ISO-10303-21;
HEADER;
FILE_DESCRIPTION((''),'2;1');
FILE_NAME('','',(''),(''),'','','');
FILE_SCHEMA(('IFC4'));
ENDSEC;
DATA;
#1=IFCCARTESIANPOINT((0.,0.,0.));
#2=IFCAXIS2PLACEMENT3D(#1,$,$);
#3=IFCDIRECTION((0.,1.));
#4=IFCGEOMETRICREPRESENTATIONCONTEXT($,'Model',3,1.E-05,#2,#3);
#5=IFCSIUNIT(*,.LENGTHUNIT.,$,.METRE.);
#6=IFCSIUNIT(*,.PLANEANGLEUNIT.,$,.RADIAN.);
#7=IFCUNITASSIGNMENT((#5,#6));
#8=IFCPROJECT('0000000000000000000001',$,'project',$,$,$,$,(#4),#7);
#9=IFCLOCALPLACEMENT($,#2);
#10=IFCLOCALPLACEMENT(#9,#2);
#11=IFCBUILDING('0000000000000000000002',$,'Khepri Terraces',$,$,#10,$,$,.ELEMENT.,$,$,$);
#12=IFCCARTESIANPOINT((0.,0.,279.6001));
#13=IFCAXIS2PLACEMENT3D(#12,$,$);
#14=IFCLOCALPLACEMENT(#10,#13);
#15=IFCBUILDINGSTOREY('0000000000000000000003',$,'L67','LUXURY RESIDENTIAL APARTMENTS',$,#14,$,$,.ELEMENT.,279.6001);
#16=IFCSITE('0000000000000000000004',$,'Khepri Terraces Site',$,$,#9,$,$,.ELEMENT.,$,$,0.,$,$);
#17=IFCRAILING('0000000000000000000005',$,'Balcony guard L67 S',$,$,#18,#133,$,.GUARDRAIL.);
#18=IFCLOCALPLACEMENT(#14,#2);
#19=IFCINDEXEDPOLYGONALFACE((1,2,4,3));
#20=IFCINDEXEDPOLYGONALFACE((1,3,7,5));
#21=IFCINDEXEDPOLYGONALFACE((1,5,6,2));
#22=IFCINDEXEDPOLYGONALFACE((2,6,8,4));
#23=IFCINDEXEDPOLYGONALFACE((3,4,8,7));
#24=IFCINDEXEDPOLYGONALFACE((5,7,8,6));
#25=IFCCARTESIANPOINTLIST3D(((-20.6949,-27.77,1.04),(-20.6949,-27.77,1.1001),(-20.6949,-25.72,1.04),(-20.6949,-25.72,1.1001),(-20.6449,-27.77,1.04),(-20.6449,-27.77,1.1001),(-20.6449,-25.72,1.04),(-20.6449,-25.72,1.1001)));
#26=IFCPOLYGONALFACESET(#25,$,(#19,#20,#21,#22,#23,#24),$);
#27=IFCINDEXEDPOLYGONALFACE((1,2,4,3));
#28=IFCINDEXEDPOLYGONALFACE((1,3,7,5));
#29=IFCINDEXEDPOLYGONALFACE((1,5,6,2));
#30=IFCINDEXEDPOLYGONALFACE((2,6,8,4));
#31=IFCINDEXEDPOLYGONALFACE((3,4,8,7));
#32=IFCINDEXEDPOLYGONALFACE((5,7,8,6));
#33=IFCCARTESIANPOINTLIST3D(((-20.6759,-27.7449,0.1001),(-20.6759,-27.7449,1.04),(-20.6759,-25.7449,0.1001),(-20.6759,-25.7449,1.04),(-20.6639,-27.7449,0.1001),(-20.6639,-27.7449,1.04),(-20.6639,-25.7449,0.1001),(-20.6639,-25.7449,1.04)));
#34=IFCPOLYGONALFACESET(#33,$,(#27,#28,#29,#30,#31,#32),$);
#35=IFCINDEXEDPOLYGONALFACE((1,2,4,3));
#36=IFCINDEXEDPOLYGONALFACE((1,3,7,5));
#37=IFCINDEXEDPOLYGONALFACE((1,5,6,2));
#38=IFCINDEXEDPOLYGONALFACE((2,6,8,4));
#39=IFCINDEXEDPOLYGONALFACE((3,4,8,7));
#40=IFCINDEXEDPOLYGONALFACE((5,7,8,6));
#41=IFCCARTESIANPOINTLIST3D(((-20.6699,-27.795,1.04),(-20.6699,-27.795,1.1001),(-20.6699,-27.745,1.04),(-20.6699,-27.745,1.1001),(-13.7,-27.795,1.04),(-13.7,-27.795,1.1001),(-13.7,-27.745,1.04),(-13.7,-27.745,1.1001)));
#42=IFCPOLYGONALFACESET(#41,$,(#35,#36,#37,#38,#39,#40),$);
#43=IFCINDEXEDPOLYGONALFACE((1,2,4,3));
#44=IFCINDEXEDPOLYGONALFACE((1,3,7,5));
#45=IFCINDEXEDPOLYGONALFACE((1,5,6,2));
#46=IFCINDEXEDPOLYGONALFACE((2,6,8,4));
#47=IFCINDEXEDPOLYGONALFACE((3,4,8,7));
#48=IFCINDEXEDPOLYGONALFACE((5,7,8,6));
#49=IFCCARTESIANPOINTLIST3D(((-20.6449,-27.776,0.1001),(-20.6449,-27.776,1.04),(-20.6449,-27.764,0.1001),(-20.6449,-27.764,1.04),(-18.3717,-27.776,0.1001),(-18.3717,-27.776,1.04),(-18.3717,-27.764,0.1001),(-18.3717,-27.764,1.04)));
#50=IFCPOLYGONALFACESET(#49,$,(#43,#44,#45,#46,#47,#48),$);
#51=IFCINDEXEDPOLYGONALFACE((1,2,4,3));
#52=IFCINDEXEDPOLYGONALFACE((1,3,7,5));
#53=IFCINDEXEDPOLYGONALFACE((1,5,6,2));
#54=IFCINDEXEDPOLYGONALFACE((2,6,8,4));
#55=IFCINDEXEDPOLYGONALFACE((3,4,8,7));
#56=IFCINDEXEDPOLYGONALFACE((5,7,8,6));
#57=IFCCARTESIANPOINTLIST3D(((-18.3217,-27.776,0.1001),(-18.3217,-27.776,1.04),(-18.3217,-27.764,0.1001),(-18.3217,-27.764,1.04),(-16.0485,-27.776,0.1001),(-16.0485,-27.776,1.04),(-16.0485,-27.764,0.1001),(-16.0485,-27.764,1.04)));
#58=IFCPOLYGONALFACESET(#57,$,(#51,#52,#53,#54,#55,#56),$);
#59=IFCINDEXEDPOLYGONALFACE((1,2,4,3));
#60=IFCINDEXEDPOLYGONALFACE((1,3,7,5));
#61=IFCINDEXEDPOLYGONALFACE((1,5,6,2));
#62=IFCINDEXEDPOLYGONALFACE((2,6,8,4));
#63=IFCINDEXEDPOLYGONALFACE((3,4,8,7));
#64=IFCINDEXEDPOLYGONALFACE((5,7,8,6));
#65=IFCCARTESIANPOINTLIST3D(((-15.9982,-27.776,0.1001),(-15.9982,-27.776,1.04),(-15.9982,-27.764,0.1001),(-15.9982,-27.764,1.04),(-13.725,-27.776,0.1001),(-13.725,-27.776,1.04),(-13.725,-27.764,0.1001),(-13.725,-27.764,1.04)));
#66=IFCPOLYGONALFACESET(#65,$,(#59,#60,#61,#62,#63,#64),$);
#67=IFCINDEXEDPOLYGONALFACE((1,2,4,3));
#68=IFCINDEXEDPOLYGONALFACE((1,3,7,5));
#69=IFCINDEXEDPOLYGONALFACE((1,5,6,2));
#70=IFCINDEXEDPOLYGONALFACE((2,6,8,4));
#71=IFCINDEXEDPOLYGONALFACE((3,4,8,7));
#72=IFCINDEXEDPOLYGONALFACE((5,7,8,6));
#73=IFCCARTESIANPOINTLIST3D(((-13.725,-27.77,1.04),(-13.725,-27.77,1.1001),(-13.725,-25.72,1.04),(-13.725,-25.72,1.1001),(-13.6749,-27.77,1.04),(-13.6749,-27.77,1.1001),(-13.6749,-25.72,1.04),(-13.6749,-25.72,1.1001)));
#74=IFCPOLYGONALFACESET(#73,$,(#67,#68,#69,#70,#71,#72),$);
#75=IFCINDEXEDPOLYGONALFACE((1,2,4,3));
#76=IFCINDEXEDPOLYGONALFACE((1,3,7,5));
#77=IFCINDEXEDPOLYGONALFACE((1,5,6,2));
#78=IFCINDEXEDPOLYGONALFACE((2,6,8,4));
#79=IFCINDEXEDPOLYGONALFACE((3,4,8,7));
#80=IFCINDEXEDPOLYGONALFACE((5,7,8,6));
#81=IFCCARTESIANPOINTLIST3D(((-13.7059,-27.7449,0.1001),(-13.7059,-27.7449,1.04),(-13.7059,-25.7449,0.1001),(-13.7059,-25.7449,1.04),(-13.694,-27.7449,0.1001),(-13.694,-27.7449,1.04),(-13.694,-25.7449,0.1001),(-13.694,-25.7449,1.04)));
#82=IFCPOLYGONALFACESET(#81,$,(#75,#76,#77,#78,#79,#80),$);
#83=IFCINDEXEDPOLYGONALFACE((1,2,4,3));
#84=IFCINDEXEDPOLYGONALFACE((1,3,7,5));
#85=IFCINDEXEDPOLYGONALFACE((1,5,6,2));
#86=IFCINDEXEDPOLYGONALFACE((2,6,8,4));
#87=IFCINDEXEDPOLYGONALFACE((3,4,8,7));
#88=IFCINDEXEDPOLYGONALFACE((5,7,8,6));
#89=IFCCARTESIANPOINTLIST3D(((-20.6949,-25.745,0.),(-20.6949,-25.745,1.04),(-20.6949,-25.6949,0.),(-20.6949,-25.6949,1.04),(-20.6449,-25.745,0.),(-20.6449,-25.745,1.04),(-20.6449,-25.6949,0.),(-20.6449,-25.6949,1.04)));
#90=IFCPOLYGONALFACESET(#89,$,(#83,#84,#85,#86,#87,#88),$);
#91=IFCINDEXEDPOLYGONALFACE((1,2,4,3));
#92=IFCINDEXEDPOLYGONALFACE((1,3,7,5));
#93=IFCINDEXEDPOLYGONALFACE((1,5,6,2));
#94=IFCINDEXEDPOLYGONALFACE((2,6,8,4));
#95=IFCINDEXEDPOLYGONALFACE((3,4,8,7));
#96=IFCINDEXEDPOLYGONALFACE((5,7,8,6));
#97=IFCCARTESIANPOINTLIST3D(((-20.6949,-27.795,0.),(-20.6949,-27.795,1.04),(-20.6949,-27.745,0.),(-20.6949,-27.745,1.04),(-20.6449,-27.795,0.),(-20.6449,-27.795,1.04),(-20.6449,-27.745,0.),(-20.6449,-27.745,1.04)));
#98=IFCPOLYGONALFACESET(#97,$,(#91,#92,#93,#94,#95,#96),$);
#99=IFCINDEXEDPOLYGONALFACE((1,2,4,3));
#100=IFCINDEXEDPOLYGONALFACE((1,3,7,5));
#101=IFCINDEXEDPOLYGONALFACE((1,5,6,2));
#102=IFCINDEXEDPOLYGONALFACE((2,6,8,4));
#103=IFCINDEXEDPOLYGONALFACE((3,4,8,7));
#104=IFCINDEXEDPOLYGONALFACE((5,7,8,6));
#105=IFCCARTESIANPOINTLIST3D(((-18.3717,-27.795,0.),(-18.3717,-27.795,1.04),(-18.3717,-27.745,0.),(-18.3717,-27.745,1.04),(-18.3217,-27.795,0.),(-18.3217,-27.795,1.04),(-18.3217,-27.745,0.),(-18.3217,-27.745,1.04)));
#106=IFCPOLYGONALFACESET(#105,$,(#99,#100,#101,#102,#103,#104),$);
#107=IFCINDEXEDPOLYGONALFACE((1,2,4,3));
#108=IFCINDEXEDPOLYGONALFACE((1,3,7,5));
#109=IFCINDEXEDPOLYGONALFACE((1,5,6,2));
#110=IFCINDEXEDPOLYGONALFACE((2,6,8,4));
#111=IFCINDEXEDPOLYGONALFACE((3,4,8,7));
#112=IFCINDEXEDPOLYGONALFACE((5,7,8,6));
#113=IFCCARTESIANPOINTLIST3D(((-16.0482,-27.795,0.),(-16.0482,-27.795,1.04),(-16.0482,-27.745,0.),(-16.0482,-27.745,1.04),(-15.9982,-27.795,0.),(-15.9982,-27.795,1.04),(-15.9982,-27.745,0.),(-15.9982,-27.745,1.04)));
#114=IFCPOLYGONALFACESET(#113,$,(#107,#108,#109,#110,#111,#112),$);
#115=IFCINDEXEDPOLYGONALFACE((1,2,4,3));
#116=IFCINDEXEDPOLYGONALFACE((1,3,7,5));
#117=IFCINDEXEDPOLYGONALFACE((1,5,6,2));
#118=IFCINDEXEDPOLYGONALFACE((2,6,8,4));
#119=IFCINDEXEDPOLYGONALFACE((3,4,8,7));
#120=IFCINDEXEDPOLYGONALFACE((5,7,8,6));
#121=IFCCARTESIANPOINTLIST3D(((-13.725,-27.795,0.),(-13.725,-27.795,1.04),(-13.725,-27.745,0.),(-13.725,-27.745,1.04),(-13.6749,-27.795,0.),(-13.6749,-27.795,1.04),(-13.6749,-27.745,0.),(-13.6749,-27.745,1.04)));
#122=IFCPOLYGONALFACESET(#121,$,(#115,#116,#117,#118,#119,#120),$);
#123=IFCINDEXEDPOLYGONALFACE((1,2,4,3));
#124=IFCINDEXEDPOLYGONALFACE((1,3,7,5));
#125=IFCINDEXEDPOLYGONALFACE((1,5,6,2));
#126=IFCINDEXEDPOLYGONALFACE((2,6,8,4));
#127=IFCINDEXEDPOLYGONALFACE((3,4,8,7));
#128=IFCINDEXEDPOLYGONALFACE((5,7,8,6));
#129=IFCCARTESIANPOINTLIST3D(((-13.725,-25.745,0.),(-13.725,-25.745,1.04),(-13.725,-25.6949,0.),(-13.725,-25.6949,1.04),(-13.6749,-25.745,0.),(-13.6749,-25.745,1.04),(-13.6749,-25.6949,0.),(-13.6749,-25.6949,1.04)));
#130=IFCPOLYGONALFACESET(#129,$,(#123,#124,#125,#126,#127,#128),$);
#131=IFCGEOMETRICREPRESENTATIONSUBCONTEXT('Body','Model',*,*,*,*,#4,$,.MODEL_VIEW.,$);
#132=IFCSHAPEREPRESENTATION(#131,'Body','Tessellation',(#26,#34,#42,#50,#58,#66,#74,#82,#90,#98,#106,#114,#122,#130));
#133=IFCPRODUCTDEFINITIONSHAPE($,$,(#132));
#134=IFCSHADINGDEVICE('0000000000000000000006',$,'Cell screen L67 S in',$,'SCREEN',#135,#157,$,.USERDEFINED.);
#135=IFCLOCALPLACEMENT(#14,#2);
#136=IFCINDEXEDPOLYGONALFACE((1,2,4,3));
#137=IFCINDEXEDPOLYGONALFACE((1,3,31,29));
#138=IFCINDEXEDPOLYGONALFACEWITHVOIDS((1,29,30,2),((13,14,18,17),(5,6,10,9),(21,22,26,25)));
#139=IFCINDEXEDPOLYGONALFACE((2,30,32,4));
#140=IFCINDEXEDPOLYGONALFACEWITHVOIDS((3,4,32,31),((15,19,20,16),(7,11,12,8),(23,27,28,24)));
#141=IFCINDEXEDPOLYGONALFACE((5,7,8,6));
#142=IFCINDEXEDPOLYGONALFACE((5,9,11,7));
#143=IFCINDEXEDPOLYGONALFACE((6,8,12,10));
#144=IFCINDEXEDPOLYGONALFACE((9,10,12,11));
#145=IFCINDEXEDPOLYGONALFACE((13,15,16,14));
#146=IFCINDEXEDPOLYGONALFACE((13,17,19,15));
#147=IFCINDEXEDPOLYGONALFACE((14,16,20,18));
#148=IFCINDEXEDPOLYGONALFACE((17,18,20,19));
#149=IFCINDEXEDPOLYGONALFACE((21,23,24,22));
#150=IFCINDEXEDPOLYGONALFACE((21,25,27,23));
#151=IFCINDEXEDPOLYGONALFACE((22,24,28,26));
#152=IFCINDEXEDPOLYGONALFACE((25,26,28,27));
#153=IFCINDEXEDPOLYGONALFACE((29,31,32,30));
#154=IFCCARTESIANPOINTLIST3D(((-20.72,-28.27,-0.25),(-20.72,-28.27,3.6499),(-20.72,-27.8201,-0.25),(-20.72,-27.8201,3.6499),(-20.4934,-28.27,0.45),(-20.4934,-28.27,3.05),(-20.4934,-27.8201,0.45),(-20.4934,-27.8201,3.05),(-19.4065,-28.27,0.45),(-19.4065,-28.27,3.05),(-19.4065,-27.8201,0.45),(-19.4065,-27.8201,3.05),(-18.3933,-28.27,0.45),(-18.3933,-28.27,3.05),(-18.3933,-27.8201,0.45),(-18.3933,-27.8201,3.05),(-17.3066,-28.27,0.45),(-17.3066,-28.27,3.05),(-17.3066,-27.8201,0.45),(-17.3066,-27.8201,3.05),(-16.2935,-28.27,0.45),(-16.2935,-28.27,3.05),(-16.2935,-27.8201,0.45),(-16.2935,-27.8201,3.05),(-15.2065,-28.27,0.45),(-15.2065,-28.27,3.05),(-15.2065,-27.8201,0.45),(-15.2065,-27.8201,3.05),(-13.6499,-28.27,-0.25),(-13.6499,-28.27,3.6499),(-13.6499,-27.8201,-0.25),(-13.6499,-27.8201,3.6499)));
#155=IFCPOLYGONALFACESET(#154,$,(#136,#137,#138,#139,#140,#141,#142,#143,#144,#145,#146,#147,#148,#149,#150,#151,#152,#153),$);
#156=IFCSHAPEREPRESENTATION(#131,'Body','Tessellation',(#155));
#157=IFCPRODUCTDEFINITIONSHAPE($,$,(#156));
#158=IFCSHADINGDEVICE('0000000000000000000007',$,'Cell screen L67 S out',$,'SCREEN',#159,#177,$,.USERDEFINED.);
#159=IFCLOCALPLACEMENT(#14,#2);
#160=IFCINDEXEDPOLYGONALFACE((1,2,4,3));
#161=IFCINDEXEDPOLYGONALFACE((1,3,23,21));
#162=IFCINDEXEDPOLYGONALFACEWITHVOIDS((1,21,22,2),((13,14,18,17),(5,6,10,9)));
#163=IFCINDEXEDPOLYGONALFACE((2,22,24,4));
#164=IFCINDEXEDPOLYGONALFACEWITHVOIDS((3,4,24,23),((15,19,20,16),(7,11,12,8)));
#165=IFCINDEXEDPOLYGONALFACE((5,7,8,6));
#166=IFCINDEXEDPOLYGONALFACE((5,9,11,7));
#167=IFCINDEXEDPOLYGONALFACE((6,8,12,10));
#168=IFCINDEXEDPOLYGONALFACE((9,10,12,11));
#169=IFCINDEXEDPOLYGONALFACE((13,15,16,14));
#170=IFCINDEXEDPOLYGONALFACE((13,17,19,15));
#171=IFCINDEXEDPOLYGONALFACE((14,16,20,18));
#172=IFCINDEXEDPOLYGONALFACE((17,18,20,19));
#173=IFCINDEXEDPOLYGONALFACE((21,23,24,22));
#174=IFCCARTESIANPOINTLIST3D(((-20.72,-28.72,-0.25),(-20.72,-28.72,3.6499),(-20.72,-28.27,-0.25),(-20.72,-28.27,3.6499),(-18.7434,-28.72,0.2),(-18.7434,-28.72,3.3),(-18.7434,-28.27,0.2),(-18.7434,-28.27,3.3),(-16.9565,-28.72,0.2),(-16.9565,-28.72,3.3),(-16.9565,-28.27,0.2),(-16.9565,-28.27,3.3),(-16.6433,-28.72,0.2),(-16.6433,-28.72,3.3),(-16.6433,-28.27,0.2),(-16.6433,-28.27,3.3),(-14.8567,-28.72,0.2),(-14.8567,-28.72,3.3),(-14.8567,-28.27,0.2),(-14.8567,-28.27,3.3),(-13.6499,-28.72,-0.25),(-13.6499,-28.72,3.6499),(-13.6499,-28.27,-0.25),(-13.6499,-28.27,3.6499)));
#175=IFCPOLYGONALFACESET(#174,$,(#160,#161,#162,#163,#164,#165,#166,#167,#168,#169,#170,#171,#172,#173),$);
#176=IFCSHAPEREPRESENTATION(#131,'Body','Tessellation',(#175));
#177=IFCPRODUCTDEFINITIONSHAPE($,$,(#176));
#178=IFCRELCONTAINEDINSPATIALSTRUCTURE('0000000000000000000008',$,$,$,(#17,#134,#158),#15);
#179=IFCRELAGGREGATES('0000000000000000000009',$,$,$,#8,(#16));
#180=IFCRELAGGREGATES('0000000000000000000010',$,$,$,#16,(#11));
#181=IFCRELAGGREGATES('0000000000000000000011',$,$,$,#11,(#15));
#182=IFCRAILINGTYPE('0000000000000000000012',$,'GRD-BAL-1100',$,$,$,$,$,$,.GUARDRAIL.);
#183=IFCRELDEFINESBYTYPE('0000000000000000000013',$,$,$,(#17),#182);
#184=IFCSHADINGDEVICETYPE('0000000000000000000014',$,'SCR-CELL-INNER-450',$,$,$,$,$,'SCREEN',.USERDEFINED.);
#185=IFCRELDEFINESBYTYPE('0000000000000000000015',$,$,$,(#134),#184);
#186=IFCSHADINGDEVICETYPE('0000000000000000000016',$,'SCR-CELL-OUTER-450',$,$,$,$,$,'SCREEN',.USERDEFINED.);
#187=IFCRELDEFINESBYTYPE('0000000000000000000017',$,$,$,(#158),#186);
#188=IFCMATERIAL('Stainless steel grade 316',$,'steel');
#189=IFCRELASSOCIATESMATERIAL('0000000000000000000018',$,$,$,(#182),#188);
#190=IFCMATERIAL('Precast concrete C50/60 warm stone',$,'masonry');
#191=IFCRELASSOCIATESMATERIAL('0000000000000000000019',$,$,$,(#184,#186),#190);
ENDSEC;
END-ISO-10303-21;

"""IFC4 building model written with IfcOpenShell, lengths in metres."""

from ifc_helpers import new_model, si_unit, direction, frame, origin, origin_2d, place, context, subcontext, project, spatial, polyline, rectangle, outline, extrude, material, type_object, element, save


model = new_model("IFC4")

# Units and contexts
model_context = context("Model", 3, precision=1e-05, world=origin(), true_north=direction((0.0, 1.0)))
body_context = subcontext(model_context, "Body", "Model", "MODEL_VIEW")
ifc_project = project(units=[si_unit("LENGTHUNIT", "METRE"), si_unit("PLANEANGLEUNIT", "RADIAN")], contexts=[model_context])

# Site, building, storey
site_placement = place(None, origin())
site = spatial("IfcSite", under=ifc_project, at=site_placement, Name="Khepri Terraces Site", CompositionType="ELEMENT", RefElevation=0.0)
building_placement = place(site_placement, origin())
building = spatial("IfcBuilding", under=site, at=building_placement, Name="Khepri Terraces", CompositionType="ELEMENT")
storey_placement = place(building_placement, frame((0.0, 0.0, 279.6001)))
storey = spatial("IfcBuildingStorey", under=building, at=storey_placement, Name="L67", Description="LUXURY RESIDENTIAL APARTMENTS", CompositionType="ELEMENT", Elevation=279.6001)

# Shared definitions
ifc_material_1 = material(Name="Precast concrete C50/60 warm stone", Category="masonry")

# Railing
ifc_material_2 = material(Name="Stainless steel grade 316", Category="steel")
railing_type = type_object("IfcRailingType", Name="GRD-BAL-1100", PredefinedType="GUARDRAIL", material=ifc_material_2)
railing_placement = place(storey_placement, frame((-20.6699, -25.72, 0.0)))
element("IfcRailing", 1, at=railing_placement, inside=storey, type_object=railing_type, Name="Balcony guard L67 S", PredefinedType="GUARDRAIL", context=body_context, shape_type="SweptSolid", body=[
    extrude(rectangle(XDim=0.05, YDim=0.0601, at=origin_2d()), frame((0.0, 0.0, 1.0701), z_axis=(0.0, -1.0, 0.0), x_axis=(1.0, 0.0, 0.0)), (0.0, 0.0, 1.0), 2.05),
    extrude(rectangle(XDim=2.0, YDim=0.012, at=origin_2d()), frame((0.0, -1.0249, 0.1001), z_axis=(0.0, 0.0, 1.0), x_axis=(0.0, -1.0, 0.0)), (0.0, 0.0, 1.0), 0.9399),
    extrude(rectangle(XDim=0.05, YDim=0.0601, at=origin_2d()), frame((0.0, -2.05, 1.0701), z_axis=(1.0, 0.0, 0.0), x_axis=(0.0, 1.0, 0.0)), (0.0, 0.0, 1.0), 6.97),
    extrude(rectangle(XDim=2.2732, YDim=0.012, at=origin_2d()), frame((1.1616, -2.05, 0.1001), z_axis=(0.0, 0.0, 1.0), x_axis=(1.0, 0.0, 0.0)), (0.0, 0.0, 1.0), 0.9399),
    extrude(rectangle(XDim=2.2732, YDim=0.012, at=origin_2d()), frame((3.4849, -2.05, 0.1001), z_axis=(0.0, 0.0, 1.0), x_axis=(1.0, 0.0, 0.0)), (0.0, 0.0, 1.0), 0.9399),
    extrude(rectangle(XDim=2.2732, YDim=0.012, at=origin_2d()), frame((5.8083, -2.05, 0.1001), z_axis=(0.0, 0.0, 1.0), x_axis=(1.0, 0.0, 0.0)), (0.0, 0.0, 1.0), 0.9399),
    extrude(rectangle(XDim=0.05, YDim=0.0601, at=origin_2d()), frame((6.97, -2.05, 1.0701), z_axis=(0.0, 1.0, 0.0), x_axis=(-1.0, 0.0, 0.0)), (0.0, 0.0, 1.0), 2.05),
    extrude(rectangle(XDim=2.0, YDim=0.012, at=origin_2d()), frame((6.97, -1.0249, 0.1001), z_axis=(0.0, 0.0, 1.0), x_axis=(0.0, 1.0, 0.0)), (0.0, 0.0, 1.0), 0.9399),
    extrude(rectangle(XDim=0.05, YDim=0.05, at=origin_2d()), origin(), (0.0, 0.0, 1.0), 1.04),
    extrude(rectangle(XDim=0.05, YDim=0.05, at=origin_2d()), frame((0.0, -2.05, 0.0)), (0.0, 0.0, 1.0), 1.04),
    extrude(rectangle(XDim=0.05, YDim=0.05, at=origin_2d()), frame((2.3232, -2.05, 0.0)), (0.0, 0.0, 1.0), 1.04),
    extrude(rectangle(XDim=0.05, YDim=0.05, at=origin_2d()), frame((4.6467, -2.05, 0.0)), (0.0, 0.0, 1.0), 1.04),
    extrude(rectangle(XDim=0.05, YDim=0.05, at=origin_2d()), frame((6.97, -2.05, 0.0)), (0.0, 0.0, 1.0), 1.04),
    extrude(rectangle(XDim=0.05, YDim=0.05, at=origin_2d()), frame((6.97, 0.0, 0.0)), (0.0, 0.0, 1.0), 1.04),
])

# Shading devices
shading_device_type_1 = type_object("IfcShadingDeviceType", Name="SCR-CELL-INNER-450", ElementType="SCREEN", PredefinedType="USERDEFINED", material=ifc_material_1)
shading_device_1_placement = place(storey_placement, frame((-20.72, -27.8201, -0.25), z_axis=(0.0, -1.0, 0.0), x_axis=(1.0, 0.0, 0.0)))
element("IfcShadingDevice", 2, at=shading_device_1_placement, inside=storey, type_object=shading_device_type_1, Name="Cell screen L67 S in", ObjectType="SCREEN", PredefinedType="USERDEFINED", context=body_context, shape_type="SweptSolid", body=[
    extrude(outline(polyline([(0.0, 0.0), (7.0701, 0.0), (7.0701, 3.8999), (0.0, 3.8999), (0.0, 0.0)]), holes=[polyline([(0.2266, 0.7), (1.3135, 0.7), (1.3135, 3.3), (0.2266, 3.3), (0.2266, 0.7)]), polyline([(2.3267, 0.7), (3.4133, 0.7), (3.4133, 3.3), (2.3267, 3.3), (2.3267, 0.7)]), polyline([(4.4265, 0.7), (5.5134, 0.7), (5.5134, 3.3), (4.4265, 3.3), (4.4265, 0.7)])]), origin(), (0.0, 0.0, 1.0), 0.45),
])
shading_device_type_2 = type_object("IfcShadingDeviceType", Name="SCR-CELL-OUTER-450", ElementType="SCREEN", PredefinedType="USERDEFINED", material=ifc_material_1)
shading_device_2_placement = place(storey_placement, frame((-20.72, -28.27, -0.25), z_axis=(0.0, -1.0, 0.0), x_axis=(1.0, 0.0, 0.0)))
element("IfcShadingDevice", 3, at=shading_device_2_placement, inside=storey, type_object=shading_device_type_2, Name="Cell screen L67 S out", ObjectType="SCREEN", PredefinedType="USERDEFINED", context=body_context, shape_type="SweptSolid", body=[
    extrude(outline(polyline([(0.0, 0.0), (7.0701, 0.0), (7.0701, 3.8999), (0.0, 3.8999), (0.0, 0.0)]), holes=[polyline([(1.9766, 0.45), (3.7634, 0.45), (3.7634, 3.55), (1.9766, 3.55), (1.9766, 0.45)]), polyline([(4.0767, 0.45), (5.8633, 0.45), (5.8633, 3.55), (4.0767, 3.55), (4.0767, 0.45)])]), origin(), (0.0, 0.0, 1.0), 0.45),
])

save(model, "model.ifc")
